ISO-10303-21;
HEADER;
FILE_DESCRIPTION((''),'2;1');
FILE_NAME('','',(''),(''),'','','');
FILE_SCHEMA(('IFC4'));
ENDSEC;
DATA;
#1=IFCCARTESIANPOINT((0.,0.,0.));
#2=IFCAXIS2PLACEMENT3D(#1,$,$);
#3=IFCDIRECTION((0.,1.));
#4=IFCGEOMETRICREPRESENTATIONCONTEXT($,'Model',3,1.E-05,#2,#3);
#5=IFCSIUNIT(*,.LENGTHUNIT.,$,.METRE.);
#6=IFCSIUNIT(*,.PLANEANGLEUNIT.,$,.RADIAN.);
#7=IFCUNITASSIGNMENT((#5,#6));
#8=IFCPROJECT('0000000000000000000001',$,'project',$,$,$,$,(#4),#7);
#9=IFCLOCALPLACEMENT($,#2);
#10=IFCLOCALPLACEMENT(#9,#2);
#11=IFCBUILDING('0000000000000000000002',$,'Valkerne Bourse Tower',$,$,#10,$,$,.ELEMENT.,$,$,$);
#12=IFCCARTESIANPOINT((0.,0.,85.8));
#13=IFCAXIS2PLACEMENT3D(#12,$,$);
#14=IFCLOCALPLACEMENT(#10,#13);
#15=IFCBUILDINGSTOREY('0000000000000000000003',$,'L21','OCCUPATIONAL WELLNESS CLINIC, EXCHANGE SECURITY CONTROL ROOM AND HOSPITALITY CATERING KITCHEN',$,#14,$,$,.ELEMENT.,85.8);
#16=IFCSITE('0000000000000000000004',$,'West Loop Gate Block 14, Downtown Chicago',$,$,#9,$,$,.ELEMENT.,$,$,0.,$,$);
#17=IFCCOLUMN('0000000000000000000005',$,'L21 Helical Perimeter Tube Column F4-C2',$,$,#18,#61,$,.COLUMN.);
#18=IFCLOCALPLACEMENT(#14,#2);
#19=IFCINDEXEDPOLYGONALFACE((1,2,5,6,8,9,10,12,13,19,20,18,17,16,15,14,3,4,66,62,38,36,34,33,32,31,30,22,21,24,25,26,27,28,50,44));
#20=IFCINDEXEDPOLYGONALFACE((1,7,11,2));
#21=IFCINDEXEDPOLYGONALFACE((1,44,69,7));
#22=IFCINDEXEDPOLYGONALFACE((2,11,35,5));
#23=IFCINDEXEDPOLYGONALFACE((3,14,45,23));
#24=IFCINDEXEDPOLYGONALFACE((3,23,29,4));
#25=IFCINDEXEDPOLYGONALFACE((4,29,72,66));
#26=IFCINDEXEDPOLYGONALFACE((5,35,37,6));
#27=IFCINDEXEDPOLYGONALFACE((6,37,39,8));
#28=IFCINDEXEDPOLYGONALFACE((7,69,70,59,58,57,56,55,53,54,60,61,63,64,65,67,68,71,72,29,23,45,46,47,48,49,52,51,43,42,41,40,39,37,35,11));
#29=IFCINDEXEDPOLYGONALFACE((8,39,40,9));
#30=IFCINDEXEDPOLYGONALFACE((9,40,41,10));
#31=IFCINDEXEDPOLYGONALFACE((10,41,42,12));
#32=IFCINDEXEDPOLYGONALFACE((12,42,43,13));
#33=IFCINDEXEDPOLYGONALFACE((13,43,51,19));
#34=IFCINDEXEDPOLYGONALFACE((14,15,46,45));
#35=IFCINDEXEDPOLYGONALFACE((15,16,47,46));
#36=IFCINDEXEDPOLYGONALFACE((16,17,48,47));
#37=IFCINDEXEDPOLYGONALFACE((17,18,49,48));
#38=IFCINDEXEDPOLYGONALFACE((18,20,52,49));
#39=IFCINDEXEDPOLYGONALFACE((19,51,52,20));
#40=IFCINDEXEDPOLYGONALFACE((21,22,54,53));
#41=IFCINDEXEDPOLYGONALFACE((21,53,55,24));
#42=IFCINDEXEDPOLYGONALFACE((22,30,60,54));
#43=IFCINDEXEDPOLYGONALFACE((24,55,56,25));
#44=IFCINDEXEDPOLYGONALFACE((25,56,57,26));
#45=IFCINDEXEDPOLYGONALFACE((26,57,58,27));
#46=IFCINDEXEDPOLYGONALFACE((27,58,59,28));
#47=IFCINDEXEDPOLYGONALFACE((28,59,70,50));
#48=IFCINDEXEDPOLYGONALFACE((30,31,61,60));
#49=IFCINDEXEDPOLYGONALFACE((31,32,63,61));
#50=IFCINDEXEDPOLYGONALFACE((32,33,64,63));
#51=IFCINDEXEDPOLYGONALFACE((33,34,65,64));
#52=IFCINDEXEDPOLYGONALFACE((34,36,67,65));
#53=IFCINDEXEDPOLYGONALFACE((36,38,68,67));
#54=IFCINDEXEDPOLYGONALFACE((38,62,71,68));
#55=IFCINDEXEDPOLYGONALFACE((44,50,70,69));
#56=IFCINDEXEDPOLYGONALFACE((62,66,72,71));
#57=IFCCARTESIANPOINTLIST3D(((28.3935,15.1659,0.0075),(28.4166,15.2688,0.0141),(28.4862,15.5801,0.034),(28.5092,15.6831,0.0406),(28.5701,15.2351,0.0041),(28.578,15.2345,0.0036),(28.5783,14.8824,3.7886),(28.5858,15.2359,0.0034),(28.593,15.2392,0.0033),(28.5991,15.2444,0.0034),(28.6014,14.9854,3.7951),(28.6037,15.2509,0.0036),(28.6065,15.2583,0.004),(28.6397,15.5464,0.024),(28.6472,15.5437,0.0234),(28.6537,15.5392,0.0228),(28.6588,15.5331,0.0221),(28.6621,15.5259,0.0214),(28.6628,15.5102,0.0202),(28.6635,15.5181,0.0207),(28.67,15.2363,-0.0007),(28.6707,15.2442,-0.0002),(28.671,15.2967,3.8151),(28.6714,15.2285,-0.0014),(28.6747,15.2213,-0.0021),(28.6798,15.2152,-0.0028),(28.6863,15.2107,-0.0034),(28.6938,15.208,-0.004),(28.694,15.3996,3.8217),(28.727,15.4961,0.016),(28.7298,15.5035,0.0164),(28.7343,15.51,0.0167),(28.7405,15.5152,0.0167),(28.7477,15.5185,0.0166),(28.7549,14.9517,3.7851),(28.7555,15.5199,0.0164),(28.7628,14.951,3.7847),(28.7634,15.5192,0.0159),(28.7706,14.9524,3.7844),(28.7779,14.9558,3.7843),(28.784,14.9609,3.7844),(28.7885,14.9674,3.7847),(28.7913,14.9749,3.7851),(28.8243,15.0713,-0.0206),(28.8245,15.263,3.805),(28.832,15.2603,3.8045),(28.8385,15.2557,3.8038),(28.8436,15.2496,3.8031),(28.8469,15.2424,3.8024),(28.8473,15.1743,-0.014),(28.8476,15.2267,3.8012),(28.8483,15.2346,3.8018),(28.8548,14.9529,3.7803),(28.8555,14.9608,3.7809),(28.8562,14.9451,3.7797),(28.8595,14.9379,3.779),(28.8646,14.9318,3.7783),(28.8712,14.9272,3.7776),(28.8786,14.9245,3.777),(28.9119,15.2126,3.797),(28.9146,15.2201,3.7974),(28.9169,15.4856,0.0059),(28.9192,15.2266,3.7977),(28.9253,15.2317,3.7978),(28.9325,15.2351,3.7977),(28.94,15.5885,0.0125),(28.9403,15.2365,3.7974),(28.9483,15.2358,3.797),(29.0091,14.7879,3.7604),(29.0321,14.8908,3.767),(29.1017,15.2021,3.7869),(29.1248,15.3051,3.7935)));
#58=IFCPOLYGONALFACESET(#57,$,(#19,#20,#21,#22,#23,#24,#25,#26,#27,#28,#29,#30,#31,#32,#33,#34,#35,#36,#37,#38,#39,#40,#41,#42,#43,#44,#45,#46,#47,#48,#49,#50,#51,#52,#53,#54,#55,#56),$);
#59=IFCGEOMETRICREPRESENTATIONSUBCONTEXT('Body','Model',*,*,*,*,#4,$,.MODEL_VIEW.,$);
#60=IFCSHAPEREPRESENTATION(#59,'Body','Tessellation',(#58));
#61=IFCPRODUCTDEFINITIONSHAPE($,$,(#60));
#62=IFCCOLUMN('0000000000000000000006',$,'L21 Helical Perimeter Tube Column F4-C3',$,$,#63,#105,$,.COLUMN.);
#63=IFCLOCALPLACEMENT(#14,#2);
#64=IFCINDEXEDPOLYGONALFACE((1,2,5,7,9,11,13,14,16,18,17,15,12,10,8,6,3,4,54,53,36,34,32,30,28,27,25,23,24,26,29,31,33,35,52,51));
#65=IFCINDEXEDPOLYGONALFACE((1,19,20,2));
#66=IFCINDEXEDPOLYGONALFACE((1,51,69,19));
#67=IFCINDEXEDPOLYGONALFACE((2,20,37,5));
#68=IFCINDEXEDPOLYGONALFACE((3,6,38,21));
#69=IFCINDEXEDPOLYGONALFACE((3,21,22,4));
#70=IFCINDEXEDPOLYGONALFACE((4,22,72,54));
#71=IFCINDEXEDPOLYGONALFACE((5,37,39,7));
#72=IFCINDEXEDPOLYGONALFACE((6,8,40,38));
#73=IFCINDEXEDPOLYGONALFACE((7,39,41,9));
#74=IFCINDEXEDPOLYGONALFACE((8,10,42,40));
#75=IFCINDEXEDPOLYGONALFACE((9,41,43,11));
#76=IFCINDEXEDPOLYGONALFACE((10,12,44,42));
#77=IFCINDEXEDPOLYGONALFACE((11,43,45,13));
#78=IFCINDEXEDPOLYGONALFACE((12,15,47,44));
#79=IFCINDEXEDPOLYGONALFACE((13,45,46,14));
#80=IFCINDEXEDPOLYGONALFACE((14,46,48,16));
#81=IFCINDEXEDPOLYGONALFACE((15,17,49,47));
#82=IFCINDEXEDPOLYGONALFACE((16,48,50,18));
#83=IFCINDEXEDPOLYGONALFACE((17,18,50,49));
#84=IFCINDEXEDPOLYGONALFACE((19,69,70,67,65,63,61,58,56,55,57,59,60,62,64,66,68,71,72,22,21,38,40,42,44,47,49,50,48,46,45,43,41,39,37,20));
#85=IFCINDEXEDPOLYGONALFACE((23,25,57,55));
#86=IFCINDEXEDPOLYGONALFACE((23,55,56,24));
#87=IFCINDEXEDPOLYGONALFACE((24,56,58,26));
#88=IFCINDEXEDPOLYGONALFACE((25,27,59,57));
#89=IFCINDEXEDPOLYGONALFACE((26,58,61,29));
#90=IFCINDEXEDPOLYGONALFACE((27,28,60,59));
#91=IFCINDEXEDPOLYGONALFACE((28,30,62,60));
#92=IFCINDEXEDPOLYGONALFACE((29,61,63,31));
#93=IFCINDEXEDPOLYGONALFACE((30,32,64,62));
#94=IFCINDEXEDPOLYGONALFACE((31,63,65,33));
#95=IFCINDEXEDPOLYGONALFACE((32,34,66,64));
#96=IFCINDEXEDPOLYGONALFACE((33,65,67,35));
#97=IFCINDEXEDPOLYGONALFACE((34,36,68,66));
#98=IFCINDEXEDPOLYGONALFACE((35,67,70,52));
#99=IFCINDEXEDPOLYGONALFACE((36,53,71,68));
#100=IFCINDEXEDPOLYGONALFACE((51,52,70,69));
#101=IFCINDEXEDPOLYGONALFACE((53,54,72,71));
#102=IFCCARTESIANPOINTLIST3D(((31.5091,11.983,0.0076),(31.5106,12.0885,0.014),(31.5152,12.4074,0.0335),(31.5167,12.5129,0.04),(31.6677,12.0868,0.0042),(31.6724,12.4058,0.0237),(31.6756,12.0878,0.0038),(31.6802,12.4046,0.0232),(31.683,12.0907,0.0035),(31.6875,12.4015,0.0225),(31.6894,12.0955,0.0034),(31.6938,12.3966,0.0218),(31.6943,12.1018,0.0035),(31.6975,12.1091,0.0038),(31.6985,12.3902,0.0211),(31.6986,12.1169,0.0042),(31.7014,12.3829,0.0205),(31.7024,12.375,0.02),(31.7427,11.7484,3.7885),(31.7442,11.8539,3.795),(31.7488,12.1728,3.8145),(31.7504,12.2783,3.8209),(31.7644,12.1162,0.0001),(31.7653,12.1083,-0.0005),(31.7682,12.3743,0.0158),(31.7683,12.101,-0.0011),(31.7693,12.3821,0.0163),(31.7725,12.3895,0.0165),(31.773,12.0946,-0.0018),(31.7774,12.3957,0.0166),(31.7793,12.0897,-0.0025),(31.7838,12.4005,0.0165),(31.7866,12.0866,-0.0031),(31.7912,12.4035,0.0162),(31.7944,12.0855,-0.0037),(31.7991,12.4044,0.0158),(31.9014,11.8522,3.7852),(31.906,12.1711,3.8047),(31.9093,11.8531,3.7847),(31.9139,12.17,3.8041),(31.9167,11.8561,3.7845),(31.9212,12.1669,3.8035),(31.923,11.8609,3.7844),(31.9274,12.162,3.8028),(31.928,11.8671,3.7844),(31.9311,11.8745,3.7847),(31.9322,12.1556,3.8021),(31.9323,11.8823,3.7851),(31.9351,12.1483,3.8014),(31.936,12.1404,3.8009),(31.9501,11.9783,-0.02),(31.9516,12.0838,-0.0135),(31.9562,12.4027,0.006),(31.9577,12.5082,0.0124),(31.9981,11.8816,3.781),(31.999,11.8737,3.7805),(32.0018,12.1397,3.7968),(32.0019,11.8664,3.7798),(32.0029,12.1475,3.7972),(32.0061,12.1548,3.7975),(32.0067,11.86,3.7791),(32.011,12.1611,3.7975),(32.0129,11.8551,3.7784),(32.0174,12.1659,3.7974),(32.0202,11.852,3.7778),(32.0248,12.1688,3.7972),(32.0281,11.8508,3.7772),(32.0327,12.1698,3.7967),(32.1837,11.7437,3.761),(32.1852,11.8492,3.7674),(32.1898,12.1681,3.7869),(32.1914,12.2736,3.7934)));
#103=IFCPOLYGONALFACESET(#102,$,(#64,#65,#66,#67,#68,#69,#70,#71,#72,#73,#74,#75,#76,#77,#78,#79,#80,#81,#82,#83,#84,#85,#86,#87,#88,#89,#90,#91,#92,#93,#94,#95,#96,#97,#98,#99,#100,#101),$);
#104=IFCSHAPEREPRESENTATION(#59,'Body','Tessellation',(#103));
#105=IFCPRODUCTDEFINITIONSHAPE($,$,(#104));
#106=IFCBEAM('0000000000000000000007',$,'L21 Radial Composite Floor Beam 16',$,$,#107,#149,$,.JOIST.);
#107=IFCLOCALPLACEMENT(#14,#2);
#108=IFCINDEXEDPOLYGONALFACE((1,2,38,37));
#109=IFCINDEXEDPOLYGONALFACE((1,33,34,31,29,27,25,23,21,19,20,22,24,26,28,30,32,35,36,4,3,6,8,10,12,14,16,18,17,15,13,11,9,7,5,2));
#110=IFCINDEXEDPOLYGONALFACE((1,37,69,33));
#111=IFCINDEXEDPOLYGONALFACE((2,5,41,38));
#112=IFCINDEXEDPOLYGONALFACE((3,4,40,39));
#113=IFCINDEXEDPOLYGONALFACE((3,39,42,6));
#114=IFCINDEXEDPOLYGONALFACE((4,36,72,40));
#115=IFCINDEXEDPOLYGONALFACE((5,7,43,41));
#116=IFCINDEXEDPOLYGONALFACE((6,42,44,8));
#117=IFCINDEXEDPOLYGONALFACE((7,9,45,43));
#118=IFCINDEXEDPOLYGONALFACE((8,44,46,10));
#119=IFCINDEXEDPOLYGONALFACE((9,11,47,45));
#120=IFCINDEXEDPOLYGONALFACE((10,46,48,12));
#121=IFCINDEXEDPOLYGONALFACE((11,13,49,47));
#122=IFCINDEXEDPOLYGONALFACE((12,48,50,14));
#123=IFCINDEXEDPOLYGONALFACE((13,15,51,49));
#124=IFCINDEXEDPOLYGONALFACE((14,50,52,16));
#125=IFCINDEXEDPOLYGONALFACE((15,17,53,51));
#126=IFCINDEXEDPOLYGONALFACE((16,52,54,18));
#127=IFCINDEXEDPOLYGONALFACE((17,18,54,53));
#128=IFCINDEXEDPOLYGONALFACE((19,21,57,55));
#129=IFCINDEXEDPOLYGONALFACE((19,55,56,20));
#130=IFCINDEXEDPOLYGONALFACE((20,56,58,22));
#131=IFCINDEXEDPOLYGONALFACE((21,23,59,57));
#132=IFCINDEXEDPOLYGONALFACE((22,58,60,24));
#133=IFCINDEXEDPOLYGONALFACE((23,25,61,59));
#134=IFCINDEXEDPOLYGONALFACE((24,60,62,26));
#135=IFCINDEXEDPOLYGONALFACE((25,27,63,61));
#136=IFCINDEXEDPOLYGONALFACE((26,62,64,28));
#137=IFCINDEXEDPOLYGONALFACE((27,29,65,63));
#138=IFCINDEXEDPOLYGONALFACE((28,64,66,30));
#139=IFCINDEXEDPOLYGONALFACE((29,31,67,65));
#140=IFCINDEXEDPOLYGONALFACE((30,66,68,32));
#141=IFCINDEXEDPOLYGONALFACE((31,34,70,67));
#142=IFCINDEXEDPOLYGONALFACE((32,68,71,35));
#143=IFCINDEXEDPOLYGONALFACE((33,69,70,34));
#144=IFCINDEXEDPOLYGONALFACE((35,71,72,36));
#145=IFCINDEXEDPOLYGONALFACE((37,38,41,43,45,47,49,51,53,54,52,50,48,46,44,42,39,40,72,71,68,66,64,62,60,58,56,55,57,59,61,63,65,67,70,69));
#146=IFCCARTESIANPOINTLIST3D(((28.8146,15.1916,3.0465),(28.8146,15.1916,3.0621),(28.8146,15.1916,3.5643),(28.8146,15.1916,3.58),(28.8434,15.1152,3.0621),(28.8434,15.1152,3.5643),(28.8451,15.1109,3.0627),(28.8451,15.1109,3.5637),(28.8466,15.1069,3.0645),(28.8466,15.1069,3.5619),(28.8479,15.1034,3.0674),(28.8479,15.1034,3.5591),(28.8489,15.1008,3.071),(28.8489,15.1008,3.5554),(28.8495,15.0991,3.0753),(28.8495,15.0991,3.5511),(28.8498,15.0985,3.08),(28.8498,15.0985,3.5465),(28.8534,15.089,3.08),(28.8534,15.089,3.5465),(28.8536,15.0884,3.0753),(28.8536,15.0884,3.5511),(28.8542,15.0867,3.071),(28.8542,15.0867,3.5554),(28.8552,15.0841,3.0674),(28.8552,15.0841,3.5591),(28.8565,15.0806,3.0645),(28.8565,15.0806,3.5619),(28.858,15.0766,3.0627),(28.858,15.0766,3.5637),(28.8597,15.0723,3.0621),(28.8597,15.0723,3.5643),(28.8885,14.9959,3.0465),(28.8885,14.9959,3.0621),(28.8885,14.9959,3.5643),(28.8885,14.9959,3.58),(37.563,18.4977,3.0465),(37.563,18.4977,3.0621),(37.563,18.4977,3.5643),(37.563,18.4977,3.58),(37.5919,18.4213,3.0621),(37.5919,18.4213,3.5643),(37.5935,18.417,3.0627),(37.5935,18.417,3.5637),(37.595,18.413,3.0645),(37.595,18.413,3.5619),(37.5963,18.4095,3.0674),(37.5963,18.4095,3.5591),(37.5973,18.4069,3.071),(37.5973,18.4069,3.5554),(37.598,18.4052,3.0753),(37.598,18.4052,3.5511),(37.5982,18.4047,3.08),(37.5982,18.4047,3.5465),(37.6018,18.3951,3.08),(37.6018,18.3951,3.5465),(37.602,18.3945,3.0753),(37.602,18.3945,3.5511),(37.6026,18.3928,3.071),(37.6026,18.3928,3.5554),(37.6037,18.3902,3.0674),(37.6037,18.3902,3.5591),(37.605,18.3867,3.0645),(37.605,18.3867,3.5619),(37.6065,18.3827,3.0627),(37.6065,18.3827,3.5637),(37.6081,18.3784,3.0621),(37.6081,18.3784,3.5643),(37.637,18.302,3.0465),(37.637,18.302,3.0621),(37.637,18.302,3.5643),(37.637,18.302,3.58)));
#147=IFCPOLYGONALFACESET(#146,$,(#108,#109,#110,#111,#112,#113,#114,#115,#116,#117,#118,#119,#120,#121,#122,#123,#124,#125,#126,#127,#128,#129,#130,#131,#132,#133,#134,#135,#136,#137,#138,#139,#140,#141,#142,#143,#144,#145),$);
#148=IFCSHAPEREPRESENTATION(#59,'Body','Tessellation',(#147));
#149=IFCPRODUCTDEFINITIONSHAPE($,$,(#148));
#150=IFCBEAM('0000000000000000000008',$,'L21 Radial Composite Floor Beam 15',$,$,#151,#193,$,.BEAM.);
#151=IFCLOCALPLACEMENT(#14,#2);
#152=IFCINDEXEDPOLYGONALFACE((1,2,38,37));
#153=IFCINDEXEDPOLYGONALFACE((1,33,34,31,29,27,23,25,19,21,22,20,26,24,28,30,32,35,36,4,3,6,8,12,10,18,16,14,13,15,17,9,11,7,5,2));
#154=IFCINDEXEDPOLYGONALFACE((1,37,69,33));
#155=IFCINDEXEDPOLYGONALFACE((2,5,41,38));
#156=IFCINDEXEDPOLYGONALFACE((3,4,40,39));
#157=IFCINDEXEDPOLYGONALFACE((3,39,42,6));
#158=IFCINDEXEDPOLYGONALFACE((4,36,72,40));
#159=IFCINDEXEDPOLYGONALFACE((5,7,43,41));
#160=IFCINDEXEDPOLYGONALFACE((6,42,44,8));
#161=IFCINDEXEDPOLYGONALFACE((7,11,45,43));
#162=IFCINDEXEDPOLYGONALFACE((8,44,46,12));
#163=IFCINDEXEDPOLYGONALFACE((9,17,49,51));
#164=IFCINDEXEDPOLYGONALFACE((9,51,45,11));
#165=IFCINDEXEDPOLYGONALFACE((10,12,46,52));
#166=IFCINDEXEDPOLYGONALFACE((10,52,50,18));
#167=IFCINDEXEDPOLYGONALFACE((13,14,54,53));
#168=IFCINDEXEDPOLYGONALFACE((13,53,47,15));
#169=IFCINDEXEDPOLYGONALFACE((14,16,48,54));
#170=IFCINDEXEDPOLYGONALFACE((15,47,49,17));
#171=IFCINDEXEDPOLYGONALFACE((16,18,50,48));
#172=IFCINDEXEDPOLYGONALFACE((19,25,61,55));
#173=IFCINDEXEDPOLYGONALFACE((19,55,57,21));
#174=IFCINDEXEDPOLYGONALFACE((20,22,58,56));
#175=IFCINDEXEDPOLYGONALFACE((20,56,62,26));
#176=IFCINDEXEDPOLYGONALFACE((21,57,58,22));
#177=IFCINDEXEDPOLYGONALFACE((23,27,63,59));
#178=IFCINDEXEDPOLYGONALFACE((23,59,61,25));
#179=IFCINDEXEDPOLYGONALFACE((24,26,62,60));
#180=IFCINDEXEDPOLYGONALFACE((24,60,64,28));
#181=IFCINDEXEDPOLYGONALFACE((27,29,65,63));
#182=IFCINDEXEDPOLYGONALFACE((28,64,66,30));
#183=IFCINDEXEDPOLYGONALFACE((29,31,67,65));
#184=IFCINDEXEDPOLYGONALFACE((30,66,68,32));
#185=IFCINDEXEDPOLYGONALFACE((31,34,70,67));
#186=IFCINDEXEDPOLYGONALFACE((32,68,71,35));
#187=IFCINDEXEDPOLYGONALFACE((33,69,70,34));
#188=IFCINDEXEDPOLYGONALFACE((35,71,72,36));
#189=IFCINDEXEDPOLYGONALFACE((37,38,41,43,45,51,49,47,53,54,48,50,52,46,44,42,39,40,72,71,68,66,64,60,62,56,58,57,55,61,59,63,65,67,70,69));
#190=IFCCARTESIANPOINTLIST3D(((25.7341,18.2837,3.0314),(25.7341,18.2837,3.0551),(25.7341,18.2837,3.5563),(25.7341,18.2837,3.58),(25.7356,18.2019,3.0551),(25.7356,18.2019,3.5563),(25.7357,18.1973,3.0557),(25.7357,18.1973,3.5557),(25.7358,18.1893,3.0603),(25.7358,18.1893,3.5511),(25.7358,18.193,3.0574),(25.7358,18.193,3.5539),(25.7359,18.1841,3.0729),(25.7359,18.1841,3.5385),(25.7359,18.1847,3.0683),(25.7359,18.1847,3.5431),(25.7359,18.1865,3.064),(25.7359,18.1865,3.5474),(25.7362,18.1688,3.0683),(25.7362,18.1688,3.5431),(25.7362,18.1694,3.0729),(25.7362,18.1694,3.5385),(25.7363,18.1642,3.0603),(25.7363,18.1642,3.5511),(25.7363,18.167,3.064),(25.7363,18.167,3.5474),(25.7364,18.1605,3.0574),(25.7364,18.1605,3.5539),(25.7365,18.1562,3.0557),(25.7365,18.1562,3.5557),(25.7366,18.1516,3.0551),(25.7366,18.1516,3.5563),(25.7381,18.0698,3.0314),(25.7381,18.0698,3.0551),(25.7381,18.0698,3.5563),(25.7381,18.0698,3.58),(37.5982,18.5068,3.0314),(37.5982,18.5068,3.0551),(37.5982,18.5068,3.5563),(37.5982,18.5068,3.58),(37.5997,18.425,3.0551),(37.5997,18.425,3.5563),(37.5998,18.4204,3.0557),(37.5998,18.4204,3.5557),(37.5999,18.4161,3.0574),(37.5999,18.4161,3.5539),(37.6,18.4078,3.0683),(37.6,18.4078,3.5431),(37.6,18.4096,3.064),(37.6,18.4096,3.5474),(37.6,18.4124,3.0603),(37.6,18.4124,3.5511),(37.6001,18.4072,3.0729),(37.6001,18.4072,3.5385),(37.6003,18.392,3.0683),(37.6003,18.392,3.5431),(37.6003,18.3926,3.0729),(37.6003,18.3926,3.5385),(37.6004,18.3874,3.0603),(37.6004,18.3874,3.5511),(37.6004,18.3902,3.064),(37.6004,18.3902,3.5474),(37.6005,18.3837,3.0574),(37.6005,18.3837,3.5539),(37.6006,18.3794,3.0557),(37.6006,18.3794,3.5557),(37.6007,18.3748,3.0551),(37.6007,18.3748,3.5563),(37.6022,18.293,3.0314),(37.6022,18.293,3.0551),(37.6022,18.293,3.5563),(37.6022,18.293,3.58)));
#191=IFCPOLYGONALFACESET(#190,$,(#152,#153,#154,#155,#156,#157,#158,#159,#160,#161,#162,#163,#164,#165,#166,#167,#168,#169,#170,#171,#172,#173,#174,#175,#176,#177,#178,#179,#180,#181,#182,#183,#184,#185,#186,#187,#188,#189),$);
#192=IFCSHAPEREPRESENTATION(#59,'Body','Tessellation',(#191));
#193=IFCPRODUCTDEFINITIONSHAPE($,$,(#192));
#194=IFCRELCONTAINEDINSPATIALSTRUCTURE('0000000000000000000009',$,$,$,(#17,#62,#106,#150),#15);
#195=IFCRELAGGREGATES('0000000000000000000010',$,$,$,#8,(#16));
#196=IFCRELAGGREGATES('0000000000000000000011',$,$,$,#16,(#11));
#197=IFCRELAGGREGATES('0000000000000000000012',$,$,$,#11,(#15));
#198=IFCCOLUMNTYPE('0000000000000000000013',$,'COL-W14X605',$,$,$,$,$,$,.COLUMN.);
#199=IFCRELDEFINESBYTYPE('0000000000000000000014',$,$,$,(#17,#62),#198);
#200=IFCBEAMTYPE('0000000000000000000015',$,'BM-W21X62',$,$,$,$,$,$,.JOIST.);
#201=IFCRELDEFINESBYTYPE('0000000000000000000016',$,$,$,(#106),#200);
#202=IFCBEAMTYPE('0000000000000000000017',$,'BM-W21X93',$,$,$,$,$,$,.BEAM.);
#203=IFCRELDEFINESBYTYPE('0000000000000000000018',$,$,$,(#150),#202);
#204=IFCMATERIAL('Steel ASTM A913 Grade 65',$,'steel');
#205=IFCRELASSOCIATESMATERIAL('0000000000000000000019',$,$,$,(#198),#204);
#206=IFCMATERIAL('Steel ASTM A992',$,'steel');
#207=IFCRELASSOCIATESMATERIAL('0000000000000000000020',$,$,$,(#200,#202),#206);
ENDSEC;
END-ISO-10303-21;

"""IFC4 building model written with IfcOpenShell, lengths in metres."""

from ifc_helpers import new_model, si_unit, direction, frame, origin, origin_2d, place, context, subcontext, project, spatial, i_section, extrude, material, material_profile, profile_set, type_object, element, save


model = new_model("IFC4")

# Units and contexts
model_context = context("Model", 3, precision=1e-05, world=origin(), true_north=direction((0.0, 1.0)))
body_context = subcontext(model_context, "Body", "Model", "MODEL_VIEW")
ifc_project = project(units=[si_unit("LENGTHUNIT", "METRE"), si_unit("PLANEANGLEUNIT", "RADIAN")], contexts=[model_context])

# Site, building, storey
site_placement = place(None, origin())
site = spatial("IfcSite", under=ifc_project, at=site_placement, Name="West Loop Gate Block 14, Downtown Chicago", CompositionType="ELEMENT", RefElevation=0.0)
building_placement = place(site_placement, origin())
building = spatial("IfcBuilding", under=site, at=building_placement, Name="Valkerne Bourse Tower", CompositionType="ELEMENT")
storey_placement = place(building_placement, frame((0.0, 0.0, 85.8)))
storey = spatial("IfcBuildingStorey", under=building, at=storey_placement, Name="L21", Description="OCCUPATIONAL WELLNESS CLINIC, EXCHANGE SECURITY CONTROL ROOM AND HOSPITALITY CATERING KITCHEN", CompositionType="ELEMENT", Elevation=85.8)

# Columns
ifc_material_1 = material(Name="Steel ASTM A913 Grade 65", Category="steel")
ifc_material_profile_1 = material_profile(ifc_material_1, i_section(OverallWidth=0.4419, OverallDepth=0.531, WebThickness=0.0659, FlangeThickness=0.1057, FilletRadius=0.0305, at=origin_2d()), Name="W14X605")
ifc_profile_set_1 = profile_set([ifc_material_profile_1], Name="Steel ASTM A913 Grade 65")
column_type = type_object("IfcColumnType", Name="COL-W14X605", PredefinedType="COLUMN", material=ifc_profile_set_1)
column_1_placement = place(storey_placement, frame((28.6667, 15.3772, 0.01), z_axis=(0.048685, -0.074668, 0.996019), x_axis=(0.974763, -0.213967, -0.063686)))
element("IfcColumn", 1, at=column_1_placement, inside=storey, type_object=column_type, Name="L21 Helical Perimeter Tube Column F4-C2", PredefinedType="COLUMN", context=body_context, shape_type="SweptSolid", body=[
    extrude(i_section(OverallWidth=0.4419, OverallDepth=0.531, WebThickness=0.0659, FlangeThickness=0.1057, FilletRadius=0.0305, at=origin_2d()), origin(), (0.0, 0.0, 1.0), 3.7961),
])
column_2_placement = place(storey_placement, frame((31.7334, 12.2456, 0.01), z_axis=(0.061558, -0.061815, 0.996187), x_axis=(0.997999, -0.010627, -0.06233)))
element("IfcColumn", 2, at=column_2_placement, inside=storey, type_object=column_type, Name="L21 Helical Perimeter Tube Column F4-C3", PredefinedType="COLUMN", context=body_context, shape_type="SweptSolid", body=[
    extrude(i_section(OverallWidth=0.4419, OverallDepth=0.531, WebThickness=0.0659, FlangeThickness=0.1057, FilletRadius=0.0305, at=origin_2d()), origin(), (0.0, 0.0, 1.0), 3.7954),
])

# Beams
ifc_material_2 = material(Name="Steel ASTM A992", Category="steel")
ifc_material_profile_2 = material_profile(ifc_material_2, i_section(OverallWidth=0.2092, OverallDepth=0.5334, WebThickness=0.0103, FlangeThickness=0.0156, FilletRadius=0.0178, at=origin_2d()), Name="W21X62")
ifc_profile_set_2 = profile_set([ifc_material_profile_2], Name="Steel ASTM A992")
beam_type_1 = type_object("IfcBeamType", Name="BM-W21X62", PredefinedType="JOIST", material=ifc_profile_set_2)
beam_1_placement = place(storey_placement, frame((28.8516, 15.0938, 3.3132), z_axis=(0.935431, 0.353508, 0.0), x_axis=(-0.353508, 0.935431, 0.0)))
element("IfcBeam", 3, at=beam_1_placement, inside=storey, type_object=beam_type_1, Name="L21 Radial Composite Floor Beam 16", PredefinedType="JOIST", context=body_context, shape_type="SweptSolid", body=[
    extrude(i_section(OverallWidth=0.2092, OverallDepth=0.5334, WebThickness=0.0103, FlangeThickness=0.0156, FilletRadius=0.0178, at=origin_2d()), origin(), (0.0, 0.0, 1.0), 9.3523),
])
ifc_material_profile_3 = material_profile(ifc_material_2, i_section(OverallWidth=0.2139, OverallDepth=0.5486, WebThickness=0.0146, FlangeThickness=0.0237, FilletRadius=0.0178, at=origin_2d()), Name="W21X93")
ifc_profile_set_3 = profile_set([ifc_material_profile_3], Name="Steel ASTM A992")
beam_type_2 = type_object("IfcBeamType", Name="BM-W21X93", PredefinedType="BEAM", material=ifc_profile_set_3)
beam_2_placement = place(storey_placement, frame((25.7361, 18.1768, 3.3057), z_axis=(0.999823, 0.018805, 0.0), x_axis=(-0.018805, 0.999823, 0.0)))
element("IfcBeam", 4, at=beam_2_placement, inside=storey, type_object=beam_type_2, Name="L21 Radial Composite Floor Beam 15", PredefinedType="BEAM", context=body_context, shape_type="SweptSolid", body=[
    extrude(i_section(OverallWidth=0.2139, OverallDepth=0.5486, WebThickness=0.0146, FlangeThickness=0.0237, FilletRadius=0.0178, at=origin_2d()), origin(), (0.0, 0.0, 1.0), 11.8662),
])

save(model, "model.ifc")
